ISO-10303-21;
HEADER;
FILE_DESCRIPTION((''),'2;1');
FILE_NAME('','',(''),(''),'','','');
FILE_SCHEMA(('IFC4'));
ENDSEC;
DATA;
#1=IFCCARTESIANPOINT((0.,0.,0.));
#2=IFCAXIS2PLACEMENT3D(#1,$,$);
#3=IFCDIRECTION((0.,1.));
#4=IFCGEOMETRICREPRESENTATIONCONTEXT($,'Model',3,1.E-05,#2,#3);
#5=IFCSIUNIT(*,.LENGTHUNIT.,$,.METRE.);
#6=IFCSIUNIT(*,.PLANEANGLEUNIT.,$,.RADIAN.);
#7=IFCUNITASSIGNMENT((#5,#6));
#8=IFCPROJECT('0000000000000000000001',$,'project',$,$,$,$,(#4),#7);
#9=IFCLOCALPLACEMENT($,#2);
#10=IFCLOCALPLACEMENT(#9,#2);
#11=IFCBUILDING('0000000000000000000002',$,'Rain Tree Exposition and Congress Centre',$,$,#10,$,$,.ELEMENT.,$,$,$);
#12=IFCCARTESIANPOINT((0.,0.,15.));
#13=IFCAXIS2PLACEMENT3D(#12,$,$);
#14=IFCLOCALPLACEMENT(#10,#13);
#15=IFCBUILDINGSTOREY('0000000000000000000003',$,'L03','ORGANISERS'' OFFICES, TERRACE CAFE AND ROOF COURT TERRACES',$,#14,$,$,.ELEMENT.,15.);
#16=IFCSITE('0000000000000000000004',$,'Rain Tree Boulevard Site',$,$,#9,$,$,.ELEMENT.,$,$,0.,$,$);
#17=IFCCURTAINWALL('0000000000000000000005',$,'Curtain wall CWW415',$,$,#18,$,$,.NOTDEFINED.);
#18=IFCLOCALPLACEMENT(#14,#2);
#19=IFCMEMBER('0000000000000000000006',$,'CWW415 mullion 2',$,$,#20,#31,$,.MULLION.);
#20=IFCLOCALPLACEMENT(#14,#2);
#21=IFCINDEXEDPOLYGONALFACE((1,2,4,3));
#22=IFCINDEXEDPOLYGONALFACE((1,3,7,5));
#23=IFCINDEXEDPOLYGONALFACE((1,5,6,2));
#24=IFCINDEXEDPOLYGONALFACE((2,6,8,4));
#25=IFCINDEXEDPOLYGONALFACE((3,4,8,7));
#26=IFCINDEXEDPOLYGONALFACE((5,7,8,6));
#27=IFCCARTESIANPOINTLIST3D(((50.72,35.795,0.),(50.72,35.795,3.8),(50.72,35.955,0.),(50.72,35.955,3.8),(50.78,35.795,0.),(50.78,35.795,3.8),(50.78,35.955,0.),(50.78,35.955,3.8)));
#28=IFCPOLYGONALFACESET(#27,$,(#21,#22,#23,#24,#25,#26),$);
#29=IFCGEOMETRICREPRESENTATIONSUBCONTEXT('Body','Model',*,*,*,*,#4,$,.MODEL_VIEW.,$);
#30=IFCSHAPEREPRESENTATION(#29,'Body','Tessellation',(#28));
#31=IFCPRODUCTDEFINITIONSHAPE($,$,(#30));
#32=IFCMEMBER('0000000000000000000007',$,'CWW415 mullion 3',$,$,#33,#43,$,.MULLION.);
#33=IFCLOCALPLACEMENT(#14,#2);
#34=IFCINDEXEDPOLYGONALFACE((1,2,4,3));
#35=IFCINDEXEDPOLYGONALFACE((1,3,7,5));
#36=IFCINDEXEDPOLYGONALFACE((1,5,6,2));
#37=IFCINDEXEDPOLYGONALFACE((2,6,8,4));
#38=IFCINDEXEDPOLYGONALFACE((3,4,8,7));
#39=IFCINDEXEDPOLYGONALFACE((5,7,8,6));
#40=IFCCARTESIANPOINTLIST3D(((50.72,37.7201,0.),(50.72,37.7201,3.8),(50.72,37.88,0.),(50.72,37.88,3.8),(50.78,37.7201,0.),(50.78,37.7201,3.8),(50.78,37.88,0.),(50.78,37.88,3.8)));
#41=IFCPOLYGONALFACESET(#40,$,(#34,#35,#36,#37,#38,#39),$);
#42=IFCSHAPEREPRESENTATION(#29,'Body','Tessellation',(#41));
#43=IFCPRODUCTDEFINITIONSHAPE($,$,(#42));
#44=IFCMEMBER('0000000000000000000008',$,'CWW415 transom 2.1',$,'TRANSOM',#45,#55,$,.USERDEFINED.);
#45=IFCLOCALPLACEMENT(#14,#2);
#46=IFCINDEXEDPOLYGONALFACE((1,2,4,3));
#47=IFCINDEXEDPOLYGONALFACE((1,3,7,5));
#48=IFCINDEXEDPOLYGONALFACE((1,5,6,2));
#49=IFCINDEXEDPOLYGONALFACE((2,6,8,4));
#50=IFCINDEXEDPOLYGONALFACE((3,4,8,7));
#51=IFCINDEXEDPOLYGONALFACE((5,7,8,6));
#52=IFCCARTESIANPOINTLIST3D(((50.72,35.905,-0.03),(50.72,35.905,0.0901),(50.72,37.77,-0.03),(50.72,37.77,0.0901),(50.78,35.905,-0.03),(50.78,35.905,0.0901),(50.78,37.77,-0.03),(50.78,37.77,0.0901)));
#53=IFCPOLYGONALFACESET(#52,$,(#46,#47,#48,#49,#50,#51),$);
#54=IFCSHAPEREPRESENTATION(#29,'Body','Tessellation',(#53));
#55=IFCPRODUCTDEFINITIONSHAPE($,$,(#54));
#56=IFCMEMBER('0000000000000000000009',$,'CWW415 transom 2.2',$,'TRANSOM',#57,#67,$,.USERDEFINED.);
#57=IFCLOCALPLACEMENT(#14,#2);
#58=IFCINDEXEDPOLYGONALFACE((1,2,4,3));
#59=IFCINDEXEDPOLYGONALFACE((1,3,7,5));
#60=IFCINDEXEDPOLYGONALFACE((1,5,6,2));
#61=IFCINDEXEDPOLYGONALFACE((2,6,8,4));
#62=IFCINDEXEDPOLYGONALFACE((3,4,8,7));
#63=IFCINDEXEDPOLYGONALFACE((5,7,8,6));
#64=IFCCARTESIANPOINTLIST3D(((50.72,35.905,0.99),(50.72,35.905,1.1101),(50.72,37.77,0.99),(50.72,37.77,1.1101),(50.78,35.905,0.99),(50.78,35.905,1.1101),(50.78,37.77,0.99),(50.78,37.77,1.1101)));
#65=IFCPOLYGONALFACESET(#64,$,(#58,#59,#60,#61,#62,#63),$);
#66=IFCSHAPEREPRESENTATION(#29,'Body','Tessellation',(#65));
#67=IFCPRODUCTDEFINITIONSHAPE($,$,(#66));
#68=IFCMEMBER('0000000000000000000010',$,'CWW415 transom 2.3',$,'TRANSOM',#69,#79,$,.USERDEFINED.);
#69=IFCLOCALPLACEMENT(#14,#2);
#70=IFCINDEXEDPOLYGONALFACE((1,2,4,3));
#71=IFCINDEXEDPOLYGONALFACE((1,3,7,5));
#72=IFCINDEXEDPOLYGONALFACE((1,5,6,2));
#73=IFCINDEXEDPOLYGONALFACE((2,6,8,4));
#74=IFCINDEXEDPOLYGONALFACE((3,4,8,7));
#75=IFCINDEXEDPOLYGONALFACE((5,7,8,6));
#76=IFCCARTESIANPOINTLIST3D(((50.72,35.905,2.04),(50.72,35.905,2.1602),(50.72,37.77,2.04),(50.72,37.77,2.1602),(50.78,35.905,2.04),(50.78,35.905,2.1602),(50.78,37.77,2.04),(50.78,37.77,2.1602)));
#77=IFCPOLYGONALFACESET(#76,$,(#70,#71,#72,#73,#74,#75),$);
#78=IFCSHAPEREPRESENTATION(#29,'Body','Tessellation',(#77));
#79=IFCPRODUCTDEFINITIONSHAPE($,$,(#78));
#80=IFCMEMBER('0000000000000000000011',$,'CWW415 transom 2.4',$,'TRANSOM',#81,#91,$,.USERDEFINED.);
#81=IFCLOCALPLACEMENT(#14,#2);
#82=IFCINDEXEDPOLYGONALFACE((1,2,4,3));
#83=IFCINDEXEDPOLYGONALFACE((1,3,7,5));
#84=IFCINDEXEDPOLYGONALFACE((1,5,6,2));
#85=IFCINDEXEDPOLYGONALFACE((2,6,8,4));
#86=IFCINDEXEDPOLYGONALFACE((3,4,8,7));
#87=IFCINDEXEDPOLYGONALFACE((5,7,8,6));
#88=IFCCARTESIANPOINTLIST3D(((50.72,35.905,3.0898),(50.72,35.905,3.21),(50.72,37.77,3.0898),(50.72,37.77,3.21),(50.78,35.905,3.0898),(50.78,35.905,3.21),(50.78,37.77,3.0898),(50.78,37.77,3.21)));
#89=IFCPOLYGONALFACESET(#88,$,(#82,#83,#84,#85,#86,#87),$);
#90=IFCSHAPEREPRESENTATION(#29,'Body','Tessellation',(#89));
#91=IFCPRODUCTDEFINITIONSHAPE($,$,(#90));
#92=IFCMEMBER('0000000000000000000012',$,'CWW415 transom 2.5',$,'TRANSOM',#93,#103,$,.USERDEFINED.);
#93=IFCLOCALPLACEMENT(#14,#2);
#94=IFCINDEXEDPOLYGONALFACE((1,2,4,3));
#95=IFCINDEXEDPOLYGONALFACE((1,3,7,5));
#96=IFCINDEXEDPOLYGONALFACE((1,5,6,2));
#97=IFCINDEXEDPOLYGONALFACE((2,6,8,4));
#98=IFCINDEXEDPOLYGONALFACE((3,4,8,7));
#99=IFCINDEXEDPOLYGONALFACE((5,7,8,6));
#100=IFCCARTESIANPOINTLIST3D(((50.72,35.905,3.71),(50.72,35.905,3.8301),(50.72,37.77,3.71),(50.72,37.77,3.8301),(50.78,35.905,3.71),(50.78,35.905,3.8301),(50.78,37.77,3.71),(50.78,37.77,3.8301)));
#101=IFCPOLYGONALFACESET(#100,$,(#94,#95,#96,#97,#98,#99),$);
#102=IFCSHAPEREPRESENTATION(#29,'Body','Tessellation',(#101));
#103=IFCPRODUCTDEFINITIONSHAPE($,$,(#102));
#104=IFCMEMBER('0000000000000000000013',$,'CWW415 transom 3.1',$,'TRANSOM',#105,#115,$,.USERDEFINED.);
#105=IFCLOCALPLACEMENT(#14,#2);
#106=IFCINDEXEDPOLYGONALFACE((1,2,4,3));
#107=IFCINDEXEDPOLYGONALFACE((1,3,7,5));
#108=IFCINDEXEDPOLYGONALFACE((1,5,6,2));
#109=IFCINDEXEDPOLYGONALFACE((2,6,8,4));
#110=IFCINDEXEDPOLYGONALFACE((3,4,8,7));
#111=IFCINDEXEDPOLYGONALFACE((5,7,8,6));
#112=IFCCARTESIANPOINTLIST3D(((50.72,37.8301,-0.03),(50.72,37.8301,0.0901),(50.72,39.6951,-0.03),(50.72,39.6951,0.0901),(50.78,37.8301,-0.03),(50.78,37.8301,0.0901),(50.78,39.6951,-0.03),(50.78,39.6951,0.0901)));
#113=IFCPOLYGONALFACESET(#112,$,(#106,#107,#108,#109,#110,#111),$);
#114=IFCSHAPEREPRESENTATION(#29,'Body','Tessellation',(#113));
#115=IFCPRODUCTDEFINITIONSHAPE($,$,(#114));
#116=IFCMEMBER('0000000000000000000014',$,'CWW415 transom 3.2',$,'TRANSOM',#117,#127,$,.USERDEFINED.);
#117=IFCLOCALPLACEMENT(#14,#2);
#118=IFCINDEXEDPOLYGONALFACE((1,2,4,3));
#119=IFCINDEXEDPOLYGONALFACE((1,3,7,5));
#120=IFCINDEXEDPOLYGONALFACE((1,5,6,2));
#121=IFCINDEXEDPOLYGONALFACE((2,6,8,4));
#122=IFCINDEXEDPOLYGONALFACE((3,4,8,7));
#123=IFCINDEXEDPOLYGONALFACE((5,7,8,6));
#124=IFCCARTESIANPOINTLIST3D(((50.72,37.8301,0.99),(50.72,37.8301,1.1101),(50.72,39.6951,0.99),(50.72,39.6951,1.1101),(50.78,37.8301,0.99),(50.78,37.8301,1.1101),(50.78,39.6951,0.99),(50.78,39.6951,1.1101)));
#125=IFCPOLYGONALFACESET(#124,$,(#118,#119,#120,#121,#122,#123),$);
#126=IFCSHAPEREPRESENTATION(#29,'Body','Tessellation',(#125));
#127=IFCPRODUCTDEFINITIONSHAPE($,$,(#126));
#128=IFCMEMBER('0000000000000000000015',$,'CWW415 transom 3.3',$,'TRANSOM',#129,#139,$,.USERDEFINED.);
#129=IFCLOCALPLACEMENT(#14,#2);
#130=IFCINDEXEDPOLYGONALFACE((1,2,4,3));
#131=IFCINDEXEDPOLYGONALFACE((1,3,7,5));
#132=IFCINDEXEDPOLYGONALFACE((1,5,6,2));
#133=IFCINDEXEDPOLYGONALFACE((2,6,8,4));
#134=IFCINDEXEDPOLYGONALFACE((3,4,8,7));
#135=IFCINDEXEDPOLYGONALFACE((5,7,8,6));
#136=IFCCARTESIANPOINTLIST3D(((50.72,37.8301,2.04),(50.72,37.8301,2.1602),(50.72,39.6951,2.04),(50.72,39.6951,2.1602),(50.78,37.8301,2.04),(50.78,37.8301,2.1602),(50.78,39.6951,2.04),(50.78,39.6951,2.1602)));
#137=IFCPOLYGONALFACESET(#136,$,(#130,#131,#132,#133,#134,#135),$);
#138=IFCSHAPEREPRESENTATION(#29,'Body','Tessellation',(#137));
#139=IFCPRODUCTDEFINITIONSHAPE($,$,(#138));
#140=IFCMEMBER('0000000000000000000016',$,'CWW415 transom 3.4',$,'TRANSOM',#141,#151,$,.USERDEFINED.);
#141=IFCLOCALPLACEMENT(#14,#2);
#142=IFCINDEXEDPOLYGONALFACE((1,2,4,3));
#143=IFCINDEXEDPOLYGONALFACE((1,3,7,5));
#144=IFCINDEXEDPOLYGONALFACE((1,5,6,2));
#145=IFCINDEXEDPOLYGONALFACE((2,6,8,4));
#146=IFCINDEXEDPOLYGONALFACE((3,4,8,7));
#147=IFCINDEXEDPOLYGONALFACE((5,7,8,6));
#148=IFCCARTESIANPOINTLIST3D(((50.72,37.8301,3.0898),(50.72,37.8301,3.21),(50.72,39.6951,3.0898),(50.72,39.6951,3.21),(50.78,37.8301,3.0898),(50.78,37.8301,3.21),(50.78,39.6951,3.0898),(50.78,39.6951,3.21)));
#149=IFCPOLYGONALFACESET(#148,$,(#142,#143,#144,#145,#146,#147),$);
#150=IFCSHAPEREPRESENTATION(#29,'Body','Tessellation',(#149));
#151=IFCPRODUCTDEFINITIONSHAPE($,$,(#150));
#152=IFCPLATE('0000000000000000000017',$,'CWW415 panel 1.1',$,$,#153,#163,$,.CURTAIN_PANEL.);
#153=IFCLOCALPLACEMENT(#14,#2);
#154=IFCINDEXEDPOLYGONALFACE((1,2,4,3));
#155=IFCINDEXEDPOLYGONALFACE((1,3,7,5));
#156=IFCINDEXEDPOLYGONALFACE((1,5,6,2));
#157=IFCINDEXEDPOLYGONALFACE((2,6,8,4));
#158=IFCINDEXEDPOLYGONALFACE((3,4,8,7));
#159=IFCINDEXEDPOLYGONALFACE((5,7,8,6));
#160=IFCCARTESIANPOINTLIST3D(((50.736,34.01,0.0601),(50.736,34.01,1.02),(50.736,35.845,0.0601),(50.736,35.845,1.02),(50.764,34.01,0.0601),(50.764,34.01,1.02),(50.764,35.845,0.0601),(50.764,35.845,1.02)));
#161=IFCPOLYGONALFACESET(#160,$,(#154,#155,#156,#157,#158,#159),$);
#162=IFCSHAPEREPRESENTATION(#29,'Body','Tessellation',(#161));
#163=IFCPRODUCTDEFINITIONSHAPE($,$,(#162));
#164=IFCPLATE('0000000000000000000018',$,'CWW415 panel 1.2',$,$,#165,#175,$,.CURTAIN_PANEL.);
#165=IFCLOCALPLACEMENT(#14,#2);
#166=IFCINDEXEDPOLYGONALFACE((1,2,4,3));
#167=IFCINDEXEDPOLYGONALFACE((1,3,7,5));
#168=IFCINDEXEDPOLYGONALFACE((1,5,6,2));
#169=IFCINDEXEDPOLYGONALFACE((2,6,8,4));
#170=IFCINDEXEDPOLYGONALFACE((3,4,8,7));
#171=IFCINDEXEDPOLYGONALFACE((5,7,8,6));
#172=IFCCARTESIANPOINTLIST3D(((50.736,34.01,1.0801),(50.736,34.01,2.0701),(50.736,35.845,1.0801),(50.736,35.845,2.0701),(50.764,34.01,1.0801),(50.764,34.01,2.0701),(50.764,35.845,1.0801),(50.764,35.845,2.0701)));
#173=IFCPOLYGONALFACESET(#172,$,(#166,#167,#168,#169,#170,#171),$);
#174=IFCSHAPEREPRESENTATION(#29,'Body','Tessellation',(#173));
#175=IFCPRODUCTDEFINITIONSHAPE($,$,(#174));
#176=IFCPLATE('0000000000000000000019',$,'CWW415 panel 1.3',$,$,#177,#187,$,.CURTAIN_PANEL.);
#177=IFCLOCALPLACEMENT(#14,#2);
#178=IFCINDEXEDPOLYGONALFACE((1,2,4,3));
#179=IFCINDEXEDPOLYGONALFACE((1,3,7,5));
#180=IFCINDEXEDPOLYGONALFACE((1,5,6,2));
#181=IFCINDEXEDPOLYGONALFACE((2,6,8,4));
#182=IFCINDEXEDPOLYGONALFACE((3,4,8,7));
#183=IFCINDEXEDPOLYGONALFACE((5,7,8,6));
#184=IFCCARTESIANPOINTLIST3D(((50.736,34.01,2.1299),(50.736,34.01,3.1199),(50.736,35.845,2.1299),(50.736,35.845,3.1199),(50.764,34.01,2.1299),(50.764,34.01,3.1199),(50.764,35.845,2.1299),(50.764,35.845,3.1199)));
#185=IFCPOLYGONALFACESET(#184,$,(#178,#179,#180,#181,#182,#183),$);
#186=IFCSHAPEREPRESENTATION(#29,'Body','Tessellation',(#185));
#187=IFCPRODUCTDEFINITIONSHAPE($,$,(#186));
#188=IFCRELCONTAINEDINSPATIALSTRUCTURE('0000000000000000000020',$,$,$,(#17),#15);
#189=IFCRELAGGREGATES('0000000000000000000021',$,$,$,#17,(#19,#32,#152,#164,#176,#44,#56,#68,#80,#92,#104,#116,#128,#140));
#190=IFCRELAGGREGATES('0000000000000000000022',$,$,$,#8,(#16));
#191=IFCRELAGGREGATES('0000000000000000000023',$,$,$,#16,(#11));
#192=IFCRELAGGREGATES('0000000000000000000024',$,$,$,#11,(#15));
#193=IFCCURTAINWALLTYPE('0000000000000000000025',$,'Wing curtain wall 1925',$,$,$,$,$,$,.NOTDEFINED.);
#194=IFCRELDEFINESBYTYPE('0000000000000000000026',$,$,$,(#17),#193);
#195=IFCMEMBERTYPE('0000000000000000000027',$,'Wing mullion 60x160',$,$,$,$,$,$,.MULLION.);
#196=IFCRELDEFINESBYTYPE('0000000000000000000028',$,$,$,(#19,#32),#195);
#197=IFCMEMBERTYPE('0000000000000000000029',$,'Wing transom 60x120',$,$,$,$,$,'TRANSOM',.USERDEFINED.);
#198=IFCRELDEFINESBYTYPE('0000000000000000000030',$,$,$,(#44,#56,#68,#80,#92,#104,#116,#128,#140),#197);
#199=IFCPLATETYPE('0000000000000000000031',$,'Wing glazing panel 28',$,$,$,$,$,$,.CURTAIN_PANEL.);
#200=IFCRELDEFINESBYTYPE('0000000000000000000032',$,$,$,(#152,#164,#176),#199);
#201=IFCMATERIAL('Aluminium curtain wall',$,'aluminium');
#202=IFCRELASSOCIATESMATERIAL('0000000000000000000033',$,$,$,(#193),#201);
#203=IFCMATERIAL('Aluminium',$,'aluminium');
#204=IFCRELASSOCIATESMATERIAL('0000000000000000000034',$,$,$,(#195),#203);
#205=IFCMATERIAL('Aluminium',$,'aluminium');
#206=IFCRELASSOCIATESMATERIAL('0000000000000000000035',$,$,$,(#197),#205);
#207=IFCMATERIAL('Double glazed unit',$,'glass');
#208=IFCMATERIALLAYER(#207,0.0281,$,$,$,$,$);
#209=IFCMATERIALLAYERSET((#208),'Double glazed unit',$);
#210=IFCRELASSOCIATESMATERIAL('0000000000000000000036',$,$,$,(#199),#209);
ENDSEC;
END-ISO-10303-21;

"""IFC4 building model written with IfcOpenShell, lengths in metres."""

from ifc_helpers import new_model, si_unit, direction, frame, origin, origin_2d, place, context, subcontext, project, spatial, rectangle, extrude, material, layer, layer_set, material_profile, profile_set, type_object, element, aggregate, save


model = new_model("IFC4")

# Units and contexts
model_context = context("Model", 3, precision=1e-05, world=origin(), true_north=direction((0.0, 1.0)))
body_context = subcontext(model_context, "Body", "Model", "MODEL_VIEW")
ifc_project = project(units=[si_unit("LENGTHUNIT", "METRE"), si_unit("PLANEANGLEUNIT", "RADIAN")], contexts=[model_context])

# Site, building, storey
site_placement = place(None, origin())
site = spatial("IfcSite", under=ifc_project, at=site_placement, Name="Rain Tree Boulevard Site", CompositionType="ELEMENT", RefElevation=0.0)
building_placement = place(site_placement, origin())
building = spatial("IfcBuilding", under=site, at=building_placement, Name="Rain Tree Exposition and Congress Centre", CompositionType="ELEMENT")
storey_placement = place(building_placement, frame((0.0, 0.0, 15.0)))
storey = spatial("IfcBuildingStorey", under=building, at=storey_placement, Name="L03", Description="ORGANISERS' OFFICES, TERRACE CAFE AND ROOF COURT TERRACES", CompositionType="ELEMENT", Elevation=15.0)

# Curtain wall, members, plates
ifc_material_1 = material(Name="Aluminium curtain wall", Category="aluminium")
curtain_wall_type = type_object("IfcCurtainWallType", Name="Wing curtain wall 1925", PredefinedType="NOTDEFINED", material=ifc_material_1)
curtain_wall_placement = place(storey_placement, origin())
curtain_wall = element("IfcCurtainWall", 1, at=curtain_wall_placement, inside=storey, type_object=curtain_wall_type, Name="Curtain wall CWW415", PredefinedType="NOTDEFINED")
ifc_material_2 = material(Name="Aluminium", Category="aluminium")
ifc_material_profile_1 = material_profile(ifc_material_2, rectangle(XDim=0.0601, YDim=0.1599, at=origin_2d()), Name="Aluminium 60x160")
ifc_profile_set_1 = profile_set([ifc_material_profile_1], Name="Aluminium")
member_type_1 = type_object("IfcMemberType", Name="Wing mullion 60x160", PredefinedType="MULLION", material=ifc_profile_set_1)
member_1_placement = place(storey_placement, frame((50.75, 35.875, 0.0), z_axis=(0.0, 0.0, 1.0), x_axis=(-1.0, 0.0, 0.0)))
member_1 = element("IfcMember", 2, at=member_1_placement, type_object=member_type_1, Name="CWW415 mullion 2", PredefinedType="MULLION", context=body_context, shape_type="SweptSolid", body=[
    extrude(rectangle(XDim=0.0601, YDim=0.1599, at=origin_2d()), origin(), (0.0, 0.0, 1.0), 3.8),
])
member_2_placement = place(storey_placement, frame((50.75, 37.8, 0.0), z_axis=(0.0, 0.0, 1.0), x_axis=(-1.0, 0.0, 0.0)))
member_2 = element("IfcMember", 3, at=member_2_placement, type_object=member_type_1, Name="CWW415 mullion 3", PredefinedType="MULLION", context=body_context, shape_type="SweptSolid", body=[
    extrude(rectangle(XDim=0.0601, YDim=0.1599, at=origin_2d()), origin(), (0.0, 0.0, 1.0), 3.8),
])
ifc_material_3 = material(Name="Aluminium", Category="aluminium")
ifc_material_profile_2 = material_profile(ifc_material_3, rectangle(XDim=0.0601, YDim=0.1201, at=origin_2d()), Name="Aluminium 60x120")
ifc_profile_set_2 = profile_set([ifc_material_profile_2], Name="Aluminium")
member_type_2 = type_object("IfcMemberType", Name="Wing transom 60x120", ElementType="TRANSOM", PredefinedType="USERDEFINED", material=ifc_profile_set_2)
member_3_placement = place(storey_placement, frame((50.75, 35.905, 0.03), z_axis=(0.0, 1.0, 0.0), x_axis=(-1.0, 0.0, 0.0)))
member_3 = element("IfcMember", 4, at=member_3_placement, type_object=member_type_2, Name="CWW415 transom 2.1", ObjectType="TRANSOM", PredefinedType="USERDEFINED", context=body_context, shape_type="SweptSolid", body=[
    extrude(rectangle(XDim=0.0601, YDim=0.1201, at=origin_2d()), origin(), (0.0, 0.0, 1.0), 1.865),
])
member_4_placement = place(storey_placement, frame((50.75, 35.905, 1.05), z_axis=(0.0, 1.0, 0.0), x_axis=(-1.0, 0.0, 0.0)))
member_4 = element("IfcMember", 5, at=member_4_placement, type_object=member_type_2, Name="CWW415 transom 2.2", ObjectType="TRANSOM", PredefinedType="USERDEFINED", context=body_context, shape_type="SweptSolid", body=[
    extrude(rectangle(XDim=0.0601, YDim=0.1201, at=origin_2d()), origin(), (0.0, 0.0, 1.0), 1.865),
])
member_5_placement = place(storey_placement, frame((50.75, 35.905, 2.1001), z_axis=(0.0, 1.0, 0.0), x_axis=(-1.0, 0.0, 0.0)))
member_5 = element("IfcMember", 6, at=member_5_placement, type_object=member_type_2, Name="CWW415 transom 2.3", ObjectType="TRANSOM", PredefinedType="USERDEFINED", context=body_context, shape_type="SweptSolid", body=[
    extrude(rectangle(XDim=0.0601, YDim=0.1201, at=origin_2d()), origin(), (0.0, 0.0, 1.0), 1.865),
])
member_6_placement = place(storey_placement, frame((50.75, 35.905, 3.1499), z_axis=(0.0, 1.0, 0.0), x_axis=(-1.0, 0.0, 0.0)))
member_6 = element("IfcMember", 7, at=member_6_placement, type_object=member_type_2, Name="CWW415 transom 2.4", ObjectType="TRANSOM", PredefinedType="USERDEFINED", context=body_context, shape_type="SweptSolid", body=[
    extrude(rectangle(XDim=0.0601, YDim=0.1201, at=origin_2d()), origin(), (0.0, 0.0, 1.0), 1.865),
])
member_7_placement = place(storey_placement, frame((50.75, 35.905, 3.77), z_axis=(0.0, 1.0, 0.0), x_axis=(-1.0, 0.0, 0.0)))
member_7 = element("IfcMember", 8, at=member_7_placement, type_object=member_type_2, Name="CWW415 transom 2.5", ObjectType="TRANSOM", PredefinedType="USERDEFINED", context=body_context, shape_type="SweptSolid", body=[
    extrude(rectangle(XDim=0.0601, YDim=0.1201, at=origin_2d()), origin(), (0.0, 0.0, 1.0), 1.865),
])
member_8_placement = place(storey_placement, frame((50.75, 37.8301, 0.03), z_axis=(0.0, 1.0, 0.0), x_axis=(-1.0, 0.0, 0.0)))
member_8 = element("IfcMember", 9, at=member_8_placement, type_object=member_type_2, Name="CWW415 transom 3.1", ObjectType="TRANSOM", PredefinedType="USERDEFINED", context=body_context, shape_type="SweptSolid", body=[
    extrude(rectangle(XDim=0.0601, YDim=0.1201, at=origin_2d()), origin(), (0.0, 0.0, 1.0), 1.865),
])
member_9_placement = place(storey_placement, frame((50.75, 37.8301, 1.05), z_axis=(0.0, 1.0, 0.0), x_axis=(-1.0, 0.0, 0.0)))
member_9 = element("IfcMember", 10, at=member_9_placement, type_object=member_type_2, Name="CWW415 transom 3.2", ObjectType="TRANSOM", PredefinedType="USERDEFINED", context=body_context, shape_type="SweptSolid", body=[
    extrude(rectangle(XDim=0.0601, YDim=0.1201, at=origin_2d()), origin(), (0.0, 0.0, 1.0), 1.865),
])
member_10_placement = place(storey_placement, frame((50.75, 37.8301, 2.1001), z_axis=(0.0, 1.0, 0.0), x_axis=(-1.0, 0.0, 0.0)))
member_10 = element("IfcMember", 11, at=member_10_placement, type_object=member_type_2, Name="CWW415 transom 3.3", ObjectType="TRANSOM", PredefinedType="USERDEFINED", context=body_context, shape_type="SweptSolid", body=[
    extrude(rectangle(XDim=0.0601, YDim=0.1201, at=origin_2d()), origin(), (0.0, 0.0, 1.0), 1.865),
])
member_11_placement = place(storey_placement, frame((50.75, 37.8301, 3.1499), z_axis=(0.0, 1.0, 0.0), x_axis=(-1.0, 0.0, 0.0)))
member_11 = element("IfcMember", 12, at=member_11_placement, type_object=member_type_2, Name="CWW415 transom 3.4", ObjectType="TRANSOM", PredefinedType="USERDEFINED", context=body_context, shape_type="SweptSolid", body=[
    extrude(rectangle(XDim=0.0601, YDim=0.1201, at=origin_2d()), origin(), (0.0, 0.0, 1.0), 1.865),
])
ifc_material_4 = material(Name="Double glazed unit", Category="glass")
ifc_layer_1 = layer(ifc_material_4, 0.0281)
ifc_layer_set_1 = layer_set([ifc_layer_1], Name="Double glazed unit")
plate_type = type_object("IfcPlateType", Name="Wing glazing panel 28", PredefinedType="CURTAIN_PANEL", material=ifc_layer_set_1)
plate_1_placement = place(storey_placement, frame((50.75, 34.9275, 0.0601), z_axis=(0.0, 0.0, 1.0), x_axis=(0.0, 1.0, 0.0)))
plate_1 = element("IfcPlate", 13, at=plate_1_placement, type_object=plate_type, Name="CWW415 panel 1.1", PredefinedType="CURTAIN_PANEL", context=body_context, shape_type="SweptSolid", body=[
    extrude(rectangle(XDim=1.835, YDim=0.0281, at=origin_2d()), origin(), (0.0, 0.0, 1.0), 0.96),
])
plate_2_placement = place(storey_placement, frame((50.75, 34.9275, 1.0801), z_axis=(0.0, 0.0, 1.0), x_axis=(0.0, 1.0, 0.0)))
plate_2 = element("IfcPlate", 14, at=plate_2_placement, type_object=plate_type, Name="CWW415 panel 1.2", PredefinedType="CURTAIN_PANEL", context=body_context, shape_type="SweptSolid", body=[
    extrude(rectangle(XDim=1.835, YDim=0.0281, at=origin_2d()), origin(), (0.0, 0.0, 1.0), 0.99),
])
plate_3_placement = place(storey_placement, frame((50.75, 34.9275, 2.1299), z_axis=(0.0, 0.0, 1.0), x_axis=(0.0, 1.0, 0.0)))
plate_3 = element("IfcPlate", 15, at=plate_3_placement, type_object=plate_type, Name="CWW415 panel 1.3", PredefinedType="CURTAIN_PANEL", context=body_context, shape_type="SweptSolid", body=[
    extrude(rectangle(XDim=1.835, YDim=0.0281, at=origin_2d()), origin(), (0.0, 0.0, 1.0), 0.99),
])
aggregate(curtain_wall, [member_1, member_2, plate_1, plate_2, plate_3, member_3, member_4, member_5, member_6, member_7, member_8, member_9, member_10, member_11])

save(model, "model.ifc")
